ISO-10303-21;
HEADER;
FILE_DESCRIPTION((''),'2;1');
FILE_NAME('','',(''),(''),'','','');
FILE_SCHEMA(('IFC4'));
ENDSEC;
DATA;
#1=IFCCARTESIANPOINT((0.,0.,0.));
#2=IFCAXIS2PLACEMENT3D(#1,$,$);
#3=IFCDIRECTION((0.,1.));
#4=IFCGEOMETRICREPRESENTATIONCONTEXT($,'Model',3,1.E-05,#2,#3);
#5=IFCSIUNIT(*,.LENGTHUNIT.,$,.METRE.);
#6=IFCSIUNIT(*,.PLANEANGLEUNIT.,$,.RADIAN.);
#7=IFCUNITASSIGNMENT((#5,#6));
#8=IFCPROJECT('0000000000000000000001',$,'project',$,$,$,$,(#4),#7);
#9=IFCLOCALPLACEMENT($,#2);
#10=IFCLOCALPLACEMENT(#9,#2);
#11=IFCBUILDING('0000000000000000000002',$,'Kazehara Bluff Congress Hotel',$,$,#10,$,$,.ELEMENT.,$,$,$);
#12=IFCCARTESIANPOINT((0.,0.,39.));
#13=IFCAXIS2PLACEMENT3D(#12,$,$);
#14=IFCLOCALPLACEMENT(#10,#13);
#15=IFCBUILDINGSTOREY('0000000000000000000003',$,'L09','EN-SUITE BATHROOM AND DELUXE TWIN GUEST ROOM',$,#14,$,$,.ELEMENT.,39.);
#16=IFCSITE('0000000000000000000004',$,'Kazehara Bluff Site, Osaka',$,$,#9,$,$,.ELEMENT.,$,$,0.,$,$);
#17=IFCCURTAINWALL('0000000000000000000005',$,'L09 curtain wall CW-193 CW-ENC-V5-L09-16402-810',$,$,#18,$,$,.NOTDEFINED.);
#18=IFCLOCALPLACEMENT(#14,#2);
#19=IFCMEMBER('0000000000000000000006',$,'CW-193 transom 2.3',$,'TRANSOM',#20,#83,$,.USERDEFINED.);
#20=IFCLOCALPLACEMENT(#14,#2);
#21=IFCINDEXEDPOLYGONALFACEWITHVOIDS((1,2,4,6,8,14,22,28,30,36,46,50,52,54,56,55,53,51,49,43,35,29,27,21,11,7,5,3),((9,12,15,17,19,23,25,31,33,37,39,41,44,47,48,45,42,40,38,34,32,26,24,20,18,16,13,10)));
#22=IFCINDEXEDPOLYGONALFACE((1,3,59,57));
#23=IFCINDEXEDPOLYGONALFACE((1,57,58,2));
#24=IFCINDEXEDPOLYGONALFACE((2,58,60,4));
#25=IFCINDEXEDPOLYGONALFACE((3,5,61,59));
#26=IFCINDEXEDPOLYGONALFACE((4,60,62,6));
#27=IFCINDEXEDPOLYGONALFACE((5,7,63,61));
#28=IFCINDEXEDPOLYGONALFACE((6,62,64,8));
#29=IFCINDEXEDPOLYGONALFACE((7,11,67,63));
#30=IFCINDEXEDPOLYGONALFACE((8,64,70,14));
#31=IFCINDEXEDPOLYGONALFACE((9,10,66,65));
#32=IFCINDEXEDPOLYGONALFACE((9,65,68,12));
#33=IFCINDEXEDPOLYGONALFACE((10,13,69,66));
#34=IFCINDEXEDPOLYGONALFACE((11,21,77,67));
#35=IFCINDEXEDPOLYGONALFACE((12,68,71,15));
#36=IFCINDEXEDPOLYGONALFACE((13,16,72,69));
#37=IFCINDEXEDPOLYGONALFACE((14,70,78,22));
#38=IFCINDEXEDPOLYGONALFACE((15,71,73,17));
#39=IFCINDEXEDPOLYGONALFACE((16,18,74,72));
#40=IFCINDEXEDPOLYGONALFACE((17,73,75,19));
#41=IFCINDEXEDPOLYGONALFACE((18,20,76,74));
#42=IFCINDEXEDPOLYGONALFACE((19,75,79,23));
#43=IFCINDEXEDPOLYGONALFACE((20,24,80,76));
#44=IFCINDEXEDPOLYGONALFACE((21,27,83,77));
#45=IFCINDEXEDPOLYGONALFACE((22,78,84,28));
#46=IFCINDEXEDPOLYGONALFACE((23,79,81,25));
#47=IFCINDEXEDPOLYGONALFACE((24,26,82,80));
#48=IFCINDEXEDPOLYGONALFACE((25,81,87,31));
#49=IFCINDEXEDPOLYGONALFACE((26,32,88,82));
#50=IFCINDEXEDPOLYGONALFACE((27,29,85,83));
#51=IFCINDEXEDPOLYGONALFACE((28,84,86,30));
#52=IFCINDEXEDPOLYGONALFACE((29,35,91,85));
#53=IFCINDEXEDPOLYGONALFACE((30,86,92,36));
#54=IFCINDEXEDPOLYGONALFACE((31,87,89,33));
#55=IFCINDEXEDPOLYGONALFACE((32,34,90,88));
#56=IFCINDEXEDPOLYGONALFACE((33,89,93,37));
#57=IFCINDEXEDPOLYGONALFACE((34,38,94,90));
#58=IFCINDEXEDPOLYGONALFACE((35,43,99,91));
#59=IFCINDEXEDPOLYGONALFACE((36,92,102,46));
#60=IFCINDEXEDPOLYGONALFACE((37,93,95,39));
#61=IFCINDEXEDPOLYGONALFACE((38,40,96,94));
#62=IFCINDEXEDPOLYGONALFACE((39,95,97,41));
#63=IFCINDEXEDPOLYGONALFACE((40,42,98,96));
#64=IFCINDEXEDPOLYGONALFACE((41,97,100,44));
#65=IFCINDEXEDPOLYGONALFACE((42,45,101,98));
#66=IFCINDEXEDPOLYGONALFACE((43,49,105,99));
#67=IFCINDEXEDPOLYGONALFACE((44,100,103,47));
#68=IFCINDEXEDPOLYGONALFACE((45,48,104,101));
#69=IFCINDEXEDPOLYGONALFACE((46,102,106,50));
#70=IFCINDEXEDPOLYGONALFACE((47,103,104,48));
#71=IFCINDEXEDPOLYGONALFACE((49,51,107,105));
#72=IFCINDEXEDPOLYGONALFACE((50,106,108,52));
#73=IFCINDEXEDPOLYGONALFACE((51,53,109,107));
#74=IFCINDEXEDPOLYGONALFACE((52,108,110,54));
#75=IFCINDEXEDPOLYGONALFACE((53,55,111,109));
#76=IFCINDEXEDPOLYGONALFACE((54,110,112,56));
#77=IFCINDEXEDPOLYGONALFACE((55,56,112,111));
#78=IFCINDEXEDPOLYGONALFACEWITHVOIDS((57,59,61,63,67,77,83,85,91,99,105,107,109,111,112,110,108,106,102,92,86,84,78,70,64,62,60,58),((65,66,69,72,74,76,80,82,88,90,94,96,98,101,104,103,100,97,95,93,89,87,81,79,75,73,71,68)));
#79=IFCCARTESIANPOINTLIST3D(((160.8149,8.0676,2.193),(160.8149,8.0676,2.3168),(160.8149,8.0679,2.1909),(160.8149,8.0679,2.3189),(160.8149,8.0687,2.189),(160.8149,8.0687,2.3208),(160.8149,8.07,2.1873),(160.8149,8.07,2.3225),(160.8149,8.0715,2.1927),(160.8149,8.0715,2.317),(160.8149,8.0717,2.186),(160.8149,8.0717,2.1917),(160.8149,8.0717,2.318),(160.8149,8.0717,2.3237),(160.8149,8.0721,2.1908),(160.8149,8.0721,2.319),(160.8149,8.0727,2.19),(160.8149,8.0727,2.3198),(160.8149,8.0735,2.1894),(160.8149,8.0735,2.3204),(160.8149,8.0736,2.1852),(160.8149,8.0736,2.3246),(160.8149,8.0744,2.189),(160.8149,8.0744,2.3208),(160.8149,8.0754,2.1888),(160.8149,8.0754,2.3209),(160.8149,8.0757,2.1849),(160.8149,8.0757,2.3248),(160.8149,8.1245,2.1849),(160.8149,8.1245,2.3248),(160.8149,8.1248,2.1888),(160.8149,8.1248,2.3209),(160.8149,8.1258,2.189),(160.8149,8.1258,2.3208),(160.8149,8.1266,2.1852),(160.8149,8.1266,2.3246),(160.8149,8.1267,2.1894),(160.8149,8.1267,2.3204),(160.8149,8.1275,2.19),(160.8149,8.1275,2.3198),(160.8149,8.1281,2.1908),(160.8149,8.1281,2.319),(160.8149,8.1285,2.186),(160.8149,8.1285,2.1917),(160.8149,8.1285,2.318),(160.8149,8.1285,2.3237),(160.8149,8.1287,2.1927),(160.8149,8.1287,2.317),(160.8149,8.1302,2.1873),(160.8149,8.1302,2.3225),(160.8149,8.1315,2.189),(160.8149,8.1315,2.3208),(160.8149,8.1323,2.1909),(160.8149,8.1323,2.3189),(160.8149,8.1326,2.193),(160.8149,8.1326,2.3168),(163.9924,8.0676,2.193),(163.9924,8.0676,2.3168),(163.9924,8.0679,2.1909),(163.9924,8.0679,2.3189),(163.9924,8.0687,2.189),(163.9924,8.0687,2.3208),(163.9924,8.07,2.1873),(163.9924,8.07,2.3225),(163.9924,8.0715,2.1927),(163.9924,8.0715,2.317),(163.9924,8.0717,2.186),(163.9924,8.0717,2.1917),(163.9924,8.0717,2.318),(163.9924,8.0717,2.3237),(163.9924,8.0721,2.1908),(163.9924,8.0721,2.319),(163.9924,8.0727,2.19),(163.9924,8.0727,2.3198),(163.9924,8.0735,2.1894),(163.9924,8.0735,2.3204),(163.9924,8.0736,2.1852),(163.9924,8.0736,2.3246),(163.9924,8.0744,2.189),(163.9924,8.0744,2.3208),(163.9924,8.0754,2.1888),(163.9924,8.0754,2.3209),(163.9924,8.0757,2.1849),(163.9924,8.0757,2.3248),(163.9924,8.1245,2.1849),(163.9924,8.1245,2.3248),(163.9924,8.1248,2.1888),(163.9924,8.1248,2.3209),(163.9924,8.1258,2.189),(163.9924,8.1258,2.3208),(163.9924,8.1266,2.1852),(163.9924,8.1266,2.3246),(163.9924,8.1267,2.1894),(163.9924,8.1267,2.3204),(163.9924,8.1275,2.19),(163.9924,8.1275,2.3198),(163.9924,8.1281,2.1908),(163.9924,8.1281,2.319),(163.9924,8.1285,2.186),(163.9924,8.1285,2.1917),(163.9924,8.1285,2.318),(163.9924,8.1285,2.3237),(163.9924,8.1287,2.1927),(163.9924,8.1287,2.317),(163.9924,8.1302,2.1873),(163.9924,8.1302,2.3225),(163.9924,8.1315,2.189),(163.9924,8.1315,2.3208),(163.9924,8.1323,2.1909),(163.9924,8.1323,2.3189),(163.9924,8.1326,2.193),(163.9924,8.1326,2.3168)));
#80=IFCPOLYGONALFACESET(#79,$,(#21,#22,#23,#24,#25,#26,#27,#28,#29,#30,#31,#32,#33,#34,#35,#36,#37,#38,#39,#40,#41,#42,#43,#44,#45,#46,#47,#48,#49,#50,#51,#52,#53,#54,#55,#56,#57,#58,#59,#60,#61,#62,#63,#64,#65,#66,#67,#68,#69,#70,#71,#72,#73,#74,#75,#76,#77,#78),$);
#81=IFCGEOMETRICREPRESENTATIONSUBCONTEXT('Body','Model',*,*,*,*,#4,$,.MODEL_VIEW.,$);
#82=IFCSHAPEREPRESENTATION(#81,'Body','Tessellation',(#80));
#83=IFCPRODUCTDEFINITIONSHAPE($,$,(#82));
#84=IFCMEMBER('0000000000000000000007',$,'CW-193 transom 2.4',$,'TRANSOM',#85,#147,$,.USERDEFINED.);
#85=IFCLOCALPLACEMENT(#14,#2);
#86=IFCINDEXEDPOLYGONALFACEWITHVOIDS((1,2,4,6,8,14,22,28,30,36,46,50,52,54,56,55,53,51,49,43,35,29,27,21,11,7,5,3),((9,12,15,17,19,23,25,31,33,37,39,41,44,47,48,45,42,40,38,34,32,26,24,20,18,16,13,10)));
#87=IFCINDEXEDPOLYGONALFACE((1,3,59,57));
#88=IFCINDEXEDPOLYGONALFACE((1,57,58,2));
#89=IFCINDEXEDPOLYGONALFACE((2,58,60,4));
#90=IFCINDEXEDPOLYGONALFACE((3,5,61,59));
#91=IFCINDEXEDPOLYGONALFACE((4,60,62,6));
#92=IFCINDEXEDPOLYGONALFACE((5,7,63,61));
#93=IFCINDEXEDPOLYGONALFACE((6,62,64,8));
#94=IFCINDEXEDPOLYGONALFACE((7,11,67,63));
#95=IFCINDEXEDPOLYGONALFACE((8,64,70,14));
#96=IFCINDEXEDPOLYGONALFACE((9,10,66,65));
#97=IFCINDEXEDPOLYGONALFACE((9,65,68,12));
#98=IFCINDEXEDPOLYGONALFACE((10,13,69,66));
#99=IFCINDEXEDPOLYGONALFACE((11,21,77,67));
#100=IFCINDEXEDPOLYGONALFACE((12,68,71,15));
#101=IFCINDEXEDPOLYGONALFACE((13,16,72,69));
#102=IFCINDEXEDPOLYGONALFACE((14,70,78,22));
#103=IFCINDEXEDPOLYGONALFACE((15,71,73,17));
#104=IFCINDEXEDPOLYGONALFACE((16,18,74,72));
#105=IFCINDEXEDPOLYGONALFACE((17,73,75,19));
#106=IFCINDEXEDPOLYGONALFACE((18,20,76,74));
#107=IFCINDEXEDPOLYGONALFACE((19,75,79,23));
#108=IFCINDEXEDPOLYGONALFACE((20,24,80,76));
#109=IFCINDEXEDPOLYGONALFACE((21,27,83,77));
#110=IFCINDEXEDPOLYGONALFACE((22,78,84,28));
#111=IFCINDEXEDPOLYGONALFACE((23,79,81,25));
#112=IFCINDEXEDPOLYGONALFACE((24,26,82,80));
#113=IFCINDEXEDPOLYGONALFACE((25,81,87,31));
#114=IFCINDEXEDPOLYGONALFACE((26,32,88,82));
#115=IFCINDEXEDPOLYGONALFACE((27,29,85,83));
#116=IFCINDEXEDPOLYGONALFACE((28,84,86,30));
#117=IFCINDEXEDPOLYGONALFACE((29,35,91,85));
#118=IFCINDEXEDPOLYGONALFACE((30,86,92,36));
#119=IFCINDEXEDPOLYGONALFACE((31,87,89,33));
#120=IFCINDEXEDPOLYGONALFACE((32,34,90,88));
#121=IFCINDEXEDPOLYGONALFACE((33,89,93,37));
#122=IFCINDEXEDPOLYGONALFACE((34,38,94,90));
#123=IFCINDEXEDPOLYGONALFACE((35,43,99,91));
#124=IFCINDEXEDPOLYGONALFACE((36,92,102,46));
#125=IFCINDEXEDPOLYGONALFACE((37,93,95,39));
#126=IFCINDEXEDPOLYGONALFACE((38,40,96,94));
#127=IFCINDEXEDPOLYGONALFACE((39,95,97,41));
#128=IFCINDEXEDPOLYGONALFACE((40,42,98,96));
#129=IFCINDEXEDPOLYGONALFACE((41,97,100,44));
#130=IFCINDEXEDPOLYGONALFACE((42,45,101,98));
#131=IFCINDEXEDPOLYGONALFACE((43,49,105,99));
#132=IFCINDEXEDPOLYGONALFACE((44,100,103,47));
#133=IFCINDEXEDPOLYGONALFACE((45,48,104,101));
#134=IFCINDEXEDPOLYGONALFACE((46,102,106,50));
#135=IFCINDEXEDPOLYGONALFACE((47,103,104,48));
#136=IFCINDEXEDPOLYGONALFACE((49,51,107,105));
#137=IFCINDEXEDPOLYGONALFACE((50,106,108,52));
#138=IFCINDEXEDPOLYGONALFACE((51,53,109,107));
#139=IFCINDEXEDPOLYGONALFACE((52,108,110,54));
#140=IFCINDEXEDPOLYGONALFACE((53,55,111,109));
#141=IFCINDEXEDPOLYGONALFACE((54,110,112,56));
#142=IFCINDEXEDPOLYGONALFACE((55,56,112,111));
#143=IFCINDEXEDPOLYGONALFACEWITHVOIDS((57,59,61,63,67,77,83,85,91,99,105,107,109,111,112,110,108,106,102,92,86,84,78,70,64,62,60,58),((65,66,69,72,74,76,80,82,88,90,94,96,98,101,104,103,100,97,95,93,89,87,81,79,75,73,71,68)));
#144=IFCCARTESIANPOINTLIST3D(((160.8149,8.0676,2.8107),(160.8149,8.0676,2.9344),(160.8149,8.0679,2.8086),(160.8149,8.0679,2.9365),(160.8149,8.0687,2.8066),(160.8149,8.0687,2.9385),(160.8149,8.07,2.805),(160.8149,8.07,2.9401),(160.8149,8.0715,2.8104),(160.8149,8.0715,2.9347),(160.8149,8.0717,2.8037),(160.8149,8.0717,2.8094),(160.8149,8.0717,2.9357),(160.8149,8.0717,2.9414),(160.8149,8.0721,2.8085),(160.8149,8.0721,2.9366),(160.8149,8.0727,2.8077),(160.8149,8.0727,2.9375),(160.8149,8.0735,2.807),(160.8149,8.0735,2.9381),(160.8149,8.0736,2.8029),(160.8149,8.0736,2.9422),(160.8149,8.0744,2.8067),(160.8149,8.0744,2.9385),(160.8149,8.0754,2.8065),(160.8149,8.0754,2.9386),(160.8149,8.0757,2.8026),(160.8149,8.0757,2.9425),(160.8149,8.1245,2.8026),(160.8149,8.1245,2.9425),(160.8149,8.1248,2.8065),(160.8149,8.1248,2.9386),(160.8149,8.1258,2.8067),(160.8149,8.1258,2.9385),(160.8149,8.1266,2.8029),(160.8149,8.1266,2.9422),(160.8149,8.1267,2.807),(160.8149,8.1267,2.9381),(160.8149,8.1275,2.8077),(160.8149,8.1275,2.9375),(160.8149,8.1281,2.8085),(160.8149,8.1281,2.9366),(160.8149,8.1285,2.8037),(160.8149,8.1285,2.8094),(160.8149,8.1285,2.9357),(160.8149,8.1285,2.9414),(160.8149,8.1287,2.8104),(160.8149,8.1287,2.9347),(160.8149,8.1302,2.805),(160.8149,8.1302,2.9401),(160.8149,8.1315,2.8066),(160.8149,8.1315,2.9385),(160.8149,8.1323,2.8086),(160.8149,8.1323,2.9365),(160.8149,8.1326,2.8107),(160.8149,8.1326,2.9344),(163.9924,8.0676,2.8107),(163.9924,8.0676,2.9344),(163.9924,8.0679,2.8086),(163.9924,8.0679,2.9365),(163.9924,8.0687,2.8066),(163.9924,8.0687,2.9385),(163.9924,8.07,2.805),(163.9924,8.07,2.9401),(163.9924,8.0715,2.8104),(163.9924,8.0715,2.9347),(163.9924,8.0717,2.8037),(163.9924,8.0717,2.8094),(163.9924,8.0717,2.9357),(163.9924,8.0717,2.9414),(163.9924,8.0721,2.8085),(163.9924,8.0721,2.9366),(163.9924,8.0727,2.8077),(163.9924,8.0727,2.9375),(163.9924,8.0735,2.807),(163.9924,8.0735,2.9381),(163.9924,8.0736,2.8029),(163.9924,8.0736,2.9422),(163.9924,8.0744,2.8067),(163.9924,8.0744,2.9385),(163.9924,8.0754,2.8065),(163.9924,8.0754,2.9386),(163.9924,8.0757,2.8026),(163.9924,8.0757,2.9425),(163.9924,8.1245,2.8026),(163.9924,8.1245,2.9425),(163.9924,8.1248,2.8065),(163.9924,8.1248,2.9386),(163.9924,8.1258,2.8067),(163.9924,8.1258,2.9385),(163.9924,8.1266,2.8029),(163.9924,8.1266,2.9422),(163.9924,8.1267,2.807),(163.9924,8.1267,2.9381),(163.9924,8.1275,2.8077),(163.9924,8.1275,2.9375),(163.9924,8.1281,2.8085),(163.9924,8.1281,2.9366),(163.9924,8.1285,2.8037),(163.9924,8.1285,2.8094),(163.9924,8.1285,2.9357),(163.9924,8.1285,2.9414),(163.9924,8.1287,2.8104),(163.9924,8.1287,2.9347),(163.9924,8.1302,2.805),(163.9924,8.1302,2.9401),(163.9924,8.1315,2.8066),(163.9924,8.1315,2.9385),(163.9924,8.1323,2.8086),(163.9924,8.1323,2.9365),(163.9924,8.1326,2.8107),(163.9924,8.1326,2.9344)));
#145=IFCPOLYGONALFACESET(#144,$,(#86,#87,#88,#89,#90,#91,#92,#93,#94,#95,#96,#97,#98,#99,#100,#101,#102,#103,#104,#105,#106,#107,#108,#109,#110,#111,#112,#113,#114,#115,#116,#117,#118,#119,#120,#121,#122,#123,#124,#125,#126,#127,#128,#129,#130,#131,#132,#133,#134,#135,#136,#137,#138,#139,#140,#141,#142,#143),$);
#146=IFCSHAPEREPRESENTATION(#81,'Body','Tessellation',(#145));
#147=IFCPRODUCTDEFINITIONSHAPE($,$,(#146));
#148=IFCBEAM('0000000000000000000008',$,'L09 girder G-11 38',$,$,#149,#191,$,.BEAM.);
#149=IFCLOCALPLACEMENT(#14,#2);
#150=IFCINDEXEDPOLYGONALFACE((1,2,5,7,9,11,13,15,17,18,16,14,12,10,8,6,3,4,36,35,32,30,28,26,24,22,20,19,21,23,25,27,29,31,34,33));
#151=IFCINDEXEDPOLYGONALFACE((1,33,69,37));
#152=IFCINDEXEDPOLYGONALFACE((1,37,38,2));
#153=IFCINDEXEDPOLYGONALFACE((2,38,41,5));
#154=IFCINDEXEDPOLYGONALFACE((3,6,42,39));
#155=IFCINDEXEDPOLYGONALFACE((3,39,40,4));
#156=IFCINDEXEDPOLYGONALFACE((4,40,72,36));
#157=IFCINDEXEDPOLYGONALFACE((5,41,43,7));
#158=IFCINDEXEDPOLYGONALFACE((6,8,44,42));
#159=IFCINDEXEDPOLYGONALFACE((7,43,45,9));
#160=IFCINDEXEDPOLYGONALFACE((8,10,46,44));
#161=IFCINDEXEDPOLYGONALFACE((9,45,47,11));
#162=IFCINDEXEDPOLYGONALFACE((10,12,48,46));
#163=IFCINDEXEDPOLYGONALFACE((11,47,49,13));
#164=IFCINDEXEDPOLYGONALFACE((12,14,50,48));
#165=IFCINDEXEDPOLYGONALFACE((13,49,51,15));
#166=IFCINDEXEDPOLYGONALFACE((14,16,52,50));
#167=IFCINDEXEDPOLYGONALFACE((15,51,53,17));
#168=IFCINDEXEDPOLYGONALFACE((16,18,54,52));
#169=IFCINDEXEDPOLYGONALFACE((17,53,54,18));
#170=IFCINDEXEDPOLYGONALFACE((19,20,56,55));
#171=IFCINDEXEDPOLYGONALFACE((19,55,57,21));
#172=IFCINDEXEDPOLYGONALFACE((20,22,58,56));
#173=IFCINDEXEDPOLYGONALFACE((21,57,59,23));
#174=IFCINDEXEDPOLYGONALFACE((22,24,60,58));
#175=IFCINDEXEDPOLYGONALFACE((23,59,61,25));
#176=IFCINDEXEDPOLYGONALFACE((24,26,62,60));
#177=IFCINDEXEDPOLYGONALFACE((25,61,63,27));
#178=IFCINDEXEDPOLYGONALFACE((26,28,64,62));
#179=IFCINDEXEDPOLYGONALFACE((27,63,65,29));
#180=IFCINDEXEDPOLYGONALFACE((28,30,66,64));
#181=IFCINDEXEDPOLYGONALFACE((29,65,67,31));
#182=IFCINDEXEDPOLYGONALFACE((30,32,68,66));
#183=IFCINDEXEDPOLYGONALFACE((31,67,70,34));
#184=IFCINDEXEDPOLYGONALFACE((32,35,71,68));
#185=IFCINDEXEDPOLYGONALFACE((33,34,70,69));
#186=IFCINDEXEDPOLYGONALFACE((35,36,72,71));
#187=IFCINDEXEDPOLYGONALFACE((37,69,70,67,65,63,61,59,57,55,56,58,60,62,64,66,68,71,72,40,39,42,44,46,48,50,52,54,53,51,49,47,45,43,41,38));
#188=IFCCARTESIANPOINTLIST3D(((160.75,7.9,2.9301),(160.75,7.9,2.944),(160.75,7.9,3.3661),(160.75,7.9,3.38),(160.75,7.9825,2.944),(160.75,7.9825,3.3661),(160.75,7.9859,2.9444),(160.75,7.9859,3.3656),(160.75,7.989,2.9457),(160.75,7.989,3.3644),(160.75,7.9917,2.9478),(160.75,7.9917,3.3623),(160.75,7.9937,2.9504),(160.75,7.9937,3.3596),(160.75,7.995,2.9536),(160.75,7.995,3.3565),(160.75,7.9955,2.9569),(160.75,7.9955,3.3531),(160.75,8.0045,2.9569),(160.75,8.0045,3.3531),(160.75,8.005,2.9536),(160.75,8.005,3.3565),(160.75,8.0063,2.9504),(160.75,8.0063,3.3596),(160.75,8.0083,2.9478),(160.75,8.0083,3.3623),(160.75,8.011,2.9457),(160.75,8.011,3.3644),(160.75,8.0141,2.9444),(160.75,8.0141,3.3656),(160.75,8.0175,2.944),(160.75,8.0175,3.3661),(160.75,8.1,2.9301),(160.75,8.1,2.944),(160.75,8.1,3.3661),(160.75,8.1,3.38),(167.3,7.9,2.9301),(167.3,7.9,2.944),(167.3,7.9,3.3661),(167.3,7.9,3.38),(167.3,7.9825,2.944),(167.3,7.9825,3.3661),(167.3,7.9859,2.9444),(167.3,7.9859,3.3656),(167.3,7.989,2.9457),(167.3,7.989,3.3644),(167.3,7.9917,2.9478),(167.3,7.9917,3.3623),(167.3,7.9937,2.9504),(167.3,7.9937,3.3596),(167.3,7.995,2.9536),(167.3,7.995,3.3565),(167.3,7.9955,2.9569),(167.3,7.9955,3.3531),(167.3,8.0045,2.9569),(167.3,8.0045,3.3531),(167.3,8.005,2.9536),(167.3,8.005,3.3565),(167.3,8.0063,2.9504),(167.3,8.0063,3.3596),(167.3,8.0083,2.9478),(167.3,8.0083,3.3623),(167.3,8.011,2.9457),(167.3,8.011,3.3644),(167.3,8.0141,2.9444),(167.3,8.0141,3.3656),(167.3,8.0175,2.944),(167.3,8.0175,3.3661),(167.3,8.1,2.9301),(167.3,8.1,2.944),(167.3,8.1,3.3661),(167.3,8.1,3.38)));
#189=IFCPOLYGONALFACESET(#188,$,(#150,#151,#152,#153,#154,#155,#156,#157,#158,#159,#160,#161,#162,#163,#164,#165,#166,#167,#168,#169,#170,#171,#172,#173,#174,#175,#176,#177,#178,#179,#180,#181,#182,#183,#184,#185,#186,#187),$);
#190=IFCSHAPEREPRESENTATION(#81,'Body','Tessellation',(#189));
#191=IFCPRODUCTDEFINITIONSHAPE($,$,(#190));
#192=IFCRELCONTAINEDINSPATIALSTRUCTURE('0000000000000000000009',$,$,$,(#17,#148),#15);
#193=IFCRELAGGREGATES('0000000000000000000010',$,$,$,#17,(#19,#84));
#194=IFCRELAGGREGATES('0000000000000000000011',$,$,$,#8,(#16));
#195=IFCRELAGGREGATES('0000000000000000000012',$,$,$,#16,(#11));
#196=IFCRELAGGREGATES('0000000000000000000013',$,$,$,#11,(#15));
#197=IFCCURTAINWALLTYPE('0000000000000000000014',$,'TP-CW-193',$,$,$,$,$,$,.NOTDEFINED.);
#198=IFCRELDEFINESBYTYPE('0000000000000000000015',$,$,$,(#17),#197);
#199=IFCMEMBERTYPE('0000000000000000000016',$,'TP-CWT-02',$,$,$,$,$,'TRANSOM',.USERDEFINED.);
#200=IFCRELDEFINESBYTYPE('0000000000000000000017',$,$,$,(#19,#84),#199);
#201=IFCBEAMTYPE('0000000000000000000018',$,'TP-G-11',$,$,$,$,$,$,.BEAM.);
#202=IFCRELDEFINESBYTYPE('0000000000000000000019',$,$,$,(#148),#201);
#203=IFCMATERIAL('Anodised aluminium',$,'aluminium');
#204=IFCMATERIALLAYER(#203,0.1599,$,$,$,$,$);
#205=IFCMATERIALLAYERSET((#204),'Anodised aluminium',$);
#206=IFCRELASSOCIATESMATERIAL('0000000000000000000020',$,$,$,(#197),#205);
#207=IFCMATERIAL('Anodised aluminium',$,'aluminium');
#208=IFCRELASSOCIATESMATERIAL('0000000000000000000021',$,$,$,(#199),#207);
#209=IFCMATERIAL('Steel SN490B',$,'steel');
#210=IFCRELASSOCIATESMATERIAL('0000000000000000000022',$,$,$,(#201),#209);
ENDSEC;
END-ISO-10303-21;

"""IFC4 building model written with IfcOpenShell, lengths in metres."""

from ifc_helpers import new_model, si_unit, direction, frame, origin, origin_2d, place, context, subcontext, project, spatial, hollow_rectangle, i_section, extrude, material, layer, layer_set, material_profile, profile_set, type_object, element, aggregate, save


model = new_model("IFC4")

# Units and contexts
model_context = context("Model", 3, precision=1e-05, world=origin(), true_north=direction((0.0, 1.0)))
body_context = subcontext(model_context, "Body", "Model", "MODEL_VIEW")
ifc_project = project(units=[si_unit("LENGTHUNIT", "METRE"), si_unit("PLANEANGLEUNIT", "RADIAN")], contexts=[model_context])

# Site, building, storey
site_placement = place(None, origin())
site = spatial("IfcSite", under=ifc_project, at=site_placement, Name="Kazehara Bluff Site, Osaka", CompositionType="ELEMENT", RefElevation=0.0)
building_placement = place(site_placement, origin())
building = spatial("IfcBuilding", under=site, at=building_placement, Name="Kazehara Bluff Congress Hotel", CompositionType="ELEMENT")
storey_placement = place(building_placement, frame((0.0, 0.0, 39.0)))
storey = spatial("IfcBuildingStorey", under=building, at=storey_placement, Name="L09", Description="EN-SUITE BATHROOM AND DELUXE TWIN GUEST ROOM", CompositionType="ELEMENT", Elevation=39.0)

# Curtain wall, members
ifc_material_1 = material(Name="Anodised aluminium", Category="aluminium")
ifc_layer_1 = layer(ifc_material_1, 0.1599)
ifc_layer_set_1 = layer_set([ifc_layer_1], Name="Anodised aluminium")
curtain_wall_type = type_object("IfcCurtainWallType", Name="TP-CW-193", PredefinedType="NOTDEFINED", material=ifc_layer_set_1)
curtain_wall_placement = place(storey_placement, origin())
curtain_wall = element("IfcCurtainWall", 1, at=curtain_wall_placement, inside=storey, type_object=curtain_wall_type, Name="L09 curtain wall CW-193 CW-ENC-V5-L09-16402-810", PredefinedType="NOTDEFINED")
ifc_material_2 = material(Name="Anodised aluminium", Category="aluminium")
ifc_material_profile_1 = material_profile(ifc_material_2, hollow_rectangle(XDim=0.0649, YDim=0.1399, WallThickness=0.0039, InnerFilletRadius=0.0039, OuterFilletRadius=0.0081, at=origin_2d()))
ifc_profile_set_1 = profile_set([ifc_material_profile_1], Name="Anodised aluminium")
member_type_1 = type_object("IfcMemberType", Name="TP-CWT-02", ElementType="TRANSOM", PredefinedType="USERDEFINED", material=ifc_profile_set_1)
member_1_placement = place(storey_placement, frame((163.9924, 8.1001, 2.2549), z_axis=(-1.0, 0.0, 0.0), x_axis=(0.0, -1.0, 0.0)))
member_1 = element("IfcMember", 2, at=member_1_placement, type_object=member_type_1, Name="CW-193 transom 2.3", ObjectType="TRANSOM", PredefinedType="USERDEFINED", context=body_context, shape_type="SweptSolid", body=[
    extrude(hollow_rectangle(XDim=0.0649, YDim=0.1399, WallThickness=0.0039, InnerFilletRadius=0.0039, OuterFilletRadius=0.0081, at=origin_2d()), origin(), (0.0, 0.0, 1.0), 3.1775),
])
member_2_placement = place(storey_placement, frame((163.9924, 8.1001, 2.8726), z_axis=(-1.0, 0.0, 0.0), x_axis=(0.0, -1.0, 0.0)))
member_2 = element("IfcMember", 3, at=member_2_placement, type_object=member_type_1, Name="CW-193 transom 2.4", ObjectType="TRANSOM", PredefinedType="USERDEFINED", context=body_context, shape_type="SweptSolid", body=[
    extrude(hollow_rectangle(XDim=0.0649, YDim=0.1399, WallThickness=0.0039, InnerFilletRadius=0.0039, OuterFilletRadius=0.0081, at=origin_2d()), origin(), (0.0, 0.0, 1.0), 3.1775),
])

# Beam
ifc_material_3 = material(Name="Steel SN490B", Category="steel")
ifc_material_profile_2 = material_profile(ifc_material_3, i_section(OverallWidth=0.2, OverallDepth=0.45, WebThickness=0.009, FlangeThickness=0.0139, FilletRadius=0.0129, at=origin_2d()))
ifc_profile_set_2 = profile_set([ifc_material_profile_2], Name="Steel SN490B")
beam_type = type_object("IfcBeamType", Name="TP-G-11", PredefinedType="BEAM", material=ifc_profile_set_2)
beam_placement = place(storey_placement, frame((160.75, 8.0, 3.155), z_axis=(1.0, 0.0, 0.0), x_axis=(0.0, 1.0, 0.0)))
element("IfcBeam", 4, at=beam_placement, inside=storey, type_object=beam_type, Name="L09 girder G-11 38", PredefinedType="BEAM", context=body_context, shape_type="SweptSolid", body=[
    extrude(i_section(OverallWidth=0.2, OverallDepth=0.45, WebThickness=0.009, FlangeThickness=0.0139, FilletRadius=0.0129, at=origin_2d()), origin(), (0.0, 0.0, 1.0), 6.55),
])

aggregate(curtain_wall, [member_1, member_2])

save(model, "model.ifc")
